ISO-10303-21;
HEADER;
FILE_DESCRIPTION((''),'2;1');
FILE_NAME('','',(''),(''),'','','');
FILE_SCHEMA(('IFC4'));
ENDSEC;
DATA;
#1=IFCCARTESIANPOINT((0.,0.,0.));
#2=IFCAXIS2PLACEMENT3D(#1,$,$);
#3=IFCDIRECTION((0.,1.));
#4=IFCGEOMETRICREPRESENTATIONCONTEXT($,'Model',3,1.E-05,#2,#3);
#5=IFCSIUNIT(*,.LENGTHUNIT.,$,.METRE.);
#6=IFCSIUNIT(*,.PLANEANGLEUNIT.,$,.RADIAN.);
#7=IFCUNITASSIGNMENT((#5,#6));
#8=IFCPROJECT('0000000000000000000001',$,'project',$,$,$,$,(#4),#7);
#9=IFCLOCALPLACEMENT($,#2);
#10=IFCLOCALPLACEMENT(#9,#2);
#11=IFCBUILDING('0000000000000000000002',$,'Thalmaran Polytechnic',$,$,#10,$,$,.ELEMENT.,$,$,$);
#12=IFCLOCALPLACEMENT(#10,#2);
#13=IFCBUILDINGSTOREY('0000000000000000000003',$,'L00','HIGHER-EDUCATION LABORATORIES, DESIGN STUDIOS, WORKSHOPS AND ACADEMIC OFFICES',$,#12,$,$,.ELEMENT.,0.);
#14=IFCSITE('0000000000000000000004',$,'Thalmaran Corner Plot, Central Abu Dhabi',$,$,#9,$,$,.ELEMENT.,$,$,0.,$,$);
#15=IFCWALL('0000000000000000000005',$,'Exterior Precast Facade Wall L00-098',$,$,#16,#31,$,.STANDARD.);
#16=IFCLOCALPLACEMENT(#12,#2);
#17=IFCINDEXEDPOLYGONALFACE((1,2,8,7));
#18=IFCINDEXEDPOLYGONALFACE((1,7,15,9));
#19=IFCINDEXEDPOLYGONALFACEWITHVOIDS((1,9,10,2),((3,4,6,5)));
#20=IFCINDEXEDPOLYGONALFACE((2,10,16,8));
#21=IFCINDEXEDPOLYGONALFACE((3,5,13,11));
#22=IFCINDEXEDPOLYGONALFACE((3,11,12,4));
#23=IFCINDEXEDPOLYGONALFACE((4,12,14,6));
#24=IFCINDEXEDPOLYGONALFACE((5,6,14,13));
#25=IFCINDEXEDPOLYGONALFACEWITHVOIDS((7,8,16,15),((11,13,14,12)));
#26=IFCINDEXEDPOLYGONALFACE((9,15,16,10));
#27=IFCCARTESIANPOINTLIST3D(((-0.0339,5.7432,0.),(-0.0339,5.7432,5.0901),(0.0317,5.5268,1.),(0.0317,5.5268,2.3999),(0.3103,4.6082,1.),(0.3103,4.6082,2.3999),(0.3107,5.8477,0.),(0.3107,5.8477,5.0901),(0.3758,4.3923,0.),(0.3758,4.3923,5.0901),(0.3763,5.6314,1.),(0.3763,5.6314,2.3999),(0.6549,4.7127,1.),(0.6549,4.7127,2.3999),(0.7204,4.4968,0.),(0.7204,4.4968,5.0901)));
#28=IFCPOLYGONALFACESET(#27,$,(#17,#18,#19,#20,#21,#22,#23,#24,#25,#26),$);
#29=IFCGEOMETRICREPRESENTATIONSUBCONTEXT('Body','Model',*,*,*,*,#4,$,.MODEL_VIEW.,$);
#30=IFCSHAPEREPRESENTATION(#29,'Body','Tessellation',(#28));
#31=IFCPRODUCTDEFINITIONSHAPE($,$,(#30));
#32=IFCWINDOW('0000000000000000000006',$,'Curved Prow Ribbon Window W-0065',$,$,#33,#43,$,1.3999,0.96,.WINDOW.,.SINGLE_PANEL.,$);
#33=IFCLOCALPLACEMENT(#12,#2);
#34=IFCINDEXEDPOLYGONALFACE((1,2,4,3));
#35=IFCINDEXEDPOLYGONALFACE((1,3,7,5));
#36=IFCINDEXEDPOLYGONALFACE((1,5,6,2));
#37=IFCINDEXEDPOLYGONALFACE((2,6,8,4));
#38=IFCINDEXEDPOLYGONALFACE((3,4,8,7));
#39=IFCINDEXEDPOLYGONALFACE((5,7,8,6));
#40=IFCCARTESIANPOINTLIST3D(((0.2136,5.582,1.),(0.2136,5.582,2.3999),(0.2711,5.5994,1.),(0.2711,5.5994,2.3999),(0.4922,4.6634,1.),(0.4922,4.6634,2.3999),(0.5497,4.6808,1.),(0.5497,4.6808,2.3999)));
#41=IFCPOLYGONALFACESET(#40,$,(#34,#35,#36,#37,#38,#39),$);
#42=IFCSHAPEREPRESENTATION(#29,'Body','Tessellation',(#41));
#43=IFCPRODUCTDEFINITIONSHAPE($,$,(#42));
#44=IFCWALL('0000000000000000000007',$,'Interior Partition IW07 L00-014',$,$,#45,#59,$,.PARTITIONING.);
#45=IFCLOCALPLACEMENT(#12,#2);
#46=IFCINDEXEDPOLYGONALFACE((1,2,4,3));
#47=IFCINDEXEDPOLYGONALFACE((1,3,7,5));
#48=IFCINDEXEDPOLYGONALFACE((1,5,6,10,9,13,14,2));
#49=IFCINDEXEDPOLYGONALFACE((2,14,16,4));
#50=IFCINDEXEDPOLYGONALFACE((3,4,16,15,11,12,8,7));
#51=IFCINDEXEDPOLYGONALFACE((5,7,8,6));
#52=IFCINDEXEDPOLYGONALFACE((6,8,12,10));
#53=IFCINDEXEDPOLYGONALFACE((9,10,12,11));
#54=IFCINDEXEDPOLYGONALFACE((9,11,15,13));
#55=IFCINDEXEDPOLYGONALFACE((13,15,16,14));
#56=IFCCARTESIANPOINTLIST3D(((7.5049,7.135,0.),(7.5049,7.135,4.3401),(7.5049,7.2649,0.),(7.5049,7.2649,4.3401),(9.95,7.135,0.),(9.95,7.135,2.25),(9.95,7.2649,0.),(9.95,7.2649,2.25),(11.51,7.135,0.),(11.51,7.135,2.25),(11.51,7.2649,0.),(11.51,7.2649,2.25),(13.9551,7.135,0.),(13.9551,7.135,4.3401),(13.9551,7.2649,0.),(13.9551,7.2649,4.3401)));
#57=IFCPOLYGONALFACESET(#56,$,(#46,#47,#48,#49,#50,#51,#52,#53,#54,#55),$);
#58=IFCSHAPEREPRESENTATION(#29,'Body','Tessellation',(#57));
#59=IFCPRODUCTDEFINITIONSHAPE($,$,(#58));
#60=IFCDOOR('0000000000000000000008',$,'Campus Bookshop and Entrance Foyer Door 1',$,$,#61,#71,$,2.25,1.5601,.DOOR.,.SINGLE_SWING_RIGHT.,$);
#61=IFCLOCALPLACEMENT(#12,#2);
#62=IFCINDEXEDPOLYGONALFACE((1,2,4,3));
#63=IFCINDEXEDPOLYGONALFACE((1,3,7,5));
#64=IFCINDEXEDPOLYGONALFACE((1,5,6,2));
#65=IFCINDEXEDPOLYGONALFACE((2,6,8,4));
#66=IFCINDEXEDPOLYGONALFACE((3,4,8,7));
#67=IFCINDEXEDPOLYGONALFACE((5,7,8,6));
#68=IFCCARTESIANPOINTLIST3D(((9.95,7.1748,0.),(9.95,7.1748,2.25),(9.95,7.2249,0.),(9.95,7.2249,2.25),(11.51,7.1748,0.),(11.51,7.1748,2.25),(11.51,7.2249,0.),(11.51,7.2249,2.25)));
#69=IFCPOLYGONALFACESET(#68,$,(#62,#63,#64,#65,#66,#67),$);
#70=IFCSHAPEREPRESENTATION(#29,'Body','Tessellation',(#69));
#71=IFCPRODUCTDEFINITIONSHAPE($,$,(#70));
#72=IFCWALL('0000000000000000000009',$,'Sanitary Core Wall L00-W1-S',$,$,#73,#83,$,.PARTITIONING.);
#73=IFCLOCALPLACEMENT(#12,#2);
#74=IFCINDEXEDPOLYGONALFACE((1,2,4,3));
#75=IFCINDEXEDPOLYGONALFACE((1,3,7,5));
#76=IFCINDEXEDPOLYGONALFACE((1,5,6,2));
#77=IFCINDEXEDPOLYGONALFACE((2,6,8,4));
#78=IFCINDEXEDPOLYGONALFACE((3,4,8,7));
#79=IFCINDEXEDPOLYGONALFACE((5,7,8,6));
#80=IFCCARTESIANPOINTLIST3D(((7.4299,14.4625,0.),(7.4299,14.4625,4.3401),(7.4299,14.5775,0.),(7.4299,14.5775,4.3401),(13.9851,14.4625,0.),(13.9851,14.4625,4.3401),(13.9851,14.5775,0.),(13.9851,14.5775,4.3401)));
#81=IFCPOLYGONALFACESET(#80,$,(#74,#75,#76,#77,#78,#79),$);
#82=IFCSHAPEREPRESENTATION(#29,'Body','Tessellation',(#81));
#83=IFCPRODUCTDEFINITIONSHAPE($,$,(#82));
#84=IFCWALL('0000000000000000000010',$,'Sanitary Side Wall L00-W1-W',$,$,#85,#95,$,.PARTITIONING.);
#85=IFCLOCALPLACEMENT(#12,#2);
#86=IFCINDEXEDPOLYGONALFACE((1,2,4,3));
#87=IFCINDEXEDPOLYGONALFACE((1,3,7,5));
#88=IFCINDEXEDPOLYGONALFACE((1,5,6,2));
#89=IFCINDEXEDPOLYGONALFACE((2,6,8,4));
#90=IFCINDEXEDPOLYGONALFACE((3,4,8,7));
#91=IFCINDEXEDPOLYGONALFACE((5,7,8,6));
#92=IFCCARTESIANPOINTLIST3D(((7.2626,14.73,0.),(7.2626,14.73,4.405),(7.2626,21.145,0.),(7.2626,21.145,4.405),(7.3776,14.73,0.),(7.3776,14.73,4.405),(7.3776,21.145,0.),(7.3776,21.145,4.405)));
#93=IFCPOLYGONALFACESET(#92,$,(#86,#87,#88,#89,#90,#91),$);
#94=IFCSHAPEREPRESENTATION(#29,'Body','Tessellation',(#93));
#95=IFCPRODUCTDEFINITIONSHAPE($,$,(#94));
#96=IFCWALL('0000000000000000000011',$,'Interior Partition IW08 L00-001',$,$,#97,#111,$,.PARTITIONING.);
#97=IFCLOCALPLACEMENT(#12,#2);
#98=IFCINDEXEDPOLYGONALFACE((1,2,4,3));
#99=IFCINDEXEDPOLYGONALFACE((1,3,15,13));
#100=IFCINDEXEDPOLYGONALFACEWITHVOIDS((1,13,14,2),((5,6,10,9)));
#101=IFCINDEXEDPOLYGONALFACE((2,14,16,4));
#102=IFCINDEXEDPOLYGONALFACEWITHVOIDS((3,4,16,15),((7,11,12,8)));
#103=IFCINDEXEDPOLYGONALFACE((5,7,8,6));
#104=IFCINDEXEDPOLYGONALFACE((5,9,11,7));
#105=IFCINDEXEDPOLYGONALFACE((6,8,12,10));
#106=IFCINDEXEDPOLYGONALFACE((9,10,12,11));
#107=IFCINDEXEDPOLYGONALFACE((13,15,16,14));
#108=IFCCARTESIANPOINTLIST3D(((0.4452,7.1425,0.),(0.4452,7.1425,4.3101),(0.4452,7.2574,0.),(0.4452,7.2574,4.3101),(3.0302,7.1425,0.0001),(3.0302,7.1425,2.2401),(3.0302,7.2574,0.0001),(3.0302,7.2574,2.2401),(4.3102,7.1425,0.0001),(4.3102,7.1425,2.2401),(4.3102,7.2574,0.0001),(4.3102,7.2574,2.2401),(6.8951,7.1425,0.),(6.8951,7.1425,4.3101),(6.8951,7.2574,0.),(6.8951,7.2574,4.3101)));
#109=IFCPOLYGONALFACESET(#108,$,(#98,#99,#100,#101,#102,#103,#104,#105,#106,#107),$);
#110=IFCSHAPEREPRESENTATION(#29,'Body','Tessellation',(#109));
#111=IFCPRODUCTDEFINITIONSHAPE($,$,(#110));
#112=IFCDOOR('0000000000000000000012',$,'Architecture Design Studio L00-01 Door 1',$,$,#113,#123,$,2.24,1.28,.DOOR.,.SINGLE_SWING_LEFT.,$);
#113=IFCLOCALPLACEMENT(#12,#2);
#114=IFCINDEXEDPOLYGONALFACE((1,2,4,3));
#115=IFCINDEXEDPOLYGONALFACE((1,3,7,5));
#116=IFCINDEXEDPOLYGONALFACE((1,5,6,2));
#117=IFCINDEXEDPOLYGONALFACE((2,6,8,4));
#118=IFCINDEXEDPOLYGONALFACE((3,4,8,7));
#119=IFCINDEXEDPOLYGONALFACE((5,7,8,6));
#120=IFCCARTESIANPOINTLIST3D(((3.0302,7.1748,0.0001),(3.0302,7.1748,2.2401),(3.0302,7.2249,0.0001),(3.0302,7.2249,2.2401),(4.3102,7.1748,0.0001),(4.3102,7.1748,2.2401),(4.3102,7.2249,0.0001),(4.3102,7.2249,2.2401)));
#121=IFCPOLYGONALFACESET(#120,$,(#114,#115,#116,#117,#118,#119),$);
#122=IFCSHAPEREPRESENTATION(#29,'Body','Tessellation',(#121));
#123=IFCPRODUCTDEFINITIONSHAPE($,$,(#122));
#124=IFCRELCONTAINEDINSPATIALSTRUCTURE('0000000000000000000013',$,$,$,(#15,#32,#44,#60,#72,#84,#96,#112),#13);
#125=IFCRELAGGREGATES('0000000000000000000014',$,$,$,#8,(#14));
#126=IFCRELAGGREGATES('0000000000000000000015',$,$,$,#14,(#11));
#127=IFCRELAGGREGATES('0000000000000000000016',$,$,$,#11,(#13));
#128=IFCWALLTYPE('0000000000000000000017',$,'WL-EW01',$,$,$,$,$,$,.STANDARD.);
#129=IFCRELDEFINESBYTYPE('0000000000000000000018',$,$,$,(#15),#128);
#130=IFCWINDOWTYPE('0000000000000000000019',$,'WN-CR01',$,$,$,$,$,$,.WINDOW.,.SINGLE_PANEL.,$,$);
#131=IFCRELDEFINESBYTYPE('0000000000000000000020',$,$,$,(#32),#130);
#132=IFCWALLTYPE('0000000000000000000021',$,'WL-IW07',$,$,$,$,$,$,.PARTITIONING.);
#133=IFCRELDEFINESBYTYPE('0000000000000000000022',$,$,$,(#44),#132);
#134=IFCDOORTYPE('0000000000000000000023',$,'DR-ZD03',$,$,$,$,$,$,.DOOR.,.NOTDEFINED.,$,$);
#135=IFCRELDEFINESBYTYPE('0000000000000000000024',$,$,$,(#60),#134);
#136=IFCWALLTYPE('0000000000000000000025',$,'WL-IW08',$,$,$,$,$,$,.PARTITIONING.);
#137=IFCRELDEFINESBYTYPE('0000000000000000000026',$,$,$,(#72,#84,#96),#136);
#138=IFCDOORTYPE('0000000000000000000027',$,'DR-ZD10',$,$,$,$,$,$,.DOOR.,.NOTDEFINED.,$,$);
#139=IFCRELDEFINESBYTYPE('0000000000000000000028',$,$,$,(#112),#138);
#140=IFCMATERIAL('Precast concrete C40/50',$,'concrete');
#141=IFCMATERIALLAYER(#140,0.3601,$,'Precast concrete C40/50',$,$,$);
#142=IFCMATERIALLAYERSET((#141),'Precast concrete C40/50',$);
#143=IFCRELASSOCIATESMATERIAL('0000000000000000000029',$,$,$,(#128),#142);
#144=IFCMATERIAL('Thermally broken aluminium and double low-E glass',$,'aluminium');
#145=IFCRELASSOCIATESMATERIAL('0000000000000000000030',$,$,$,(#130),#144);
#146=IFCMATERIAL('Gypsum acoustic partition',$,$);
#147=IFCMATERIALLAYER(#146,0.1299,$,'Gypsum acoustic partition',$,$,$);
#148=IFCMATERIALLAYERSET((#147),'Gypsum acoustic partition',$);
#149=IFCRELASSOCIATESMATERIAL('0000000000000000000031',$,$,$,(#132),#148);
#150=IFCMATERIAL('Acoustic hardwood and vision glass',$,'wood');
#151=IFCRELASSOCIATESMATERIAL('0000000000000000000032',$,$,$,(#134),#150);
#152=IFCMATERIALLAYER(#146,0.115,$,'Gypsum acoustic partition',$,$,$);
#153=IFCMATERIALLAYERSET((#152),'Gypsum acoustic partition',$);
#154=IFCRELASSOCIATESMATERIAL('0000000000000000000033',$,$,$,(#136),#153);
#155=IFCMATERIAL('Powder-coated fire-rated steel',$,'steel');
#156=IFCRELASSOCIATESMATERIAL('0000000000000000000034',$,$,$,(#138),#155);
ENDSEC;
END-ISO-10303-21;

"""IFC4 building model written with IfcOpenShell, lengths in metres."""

from ifc_helpers import new_model, si_unit, direction, frame, frame_2d, origin, place, context, subcontext, project, spatial, rectangle, extrude, material, layer, layer_set, type_object, element, fill, save


model = new_model("IFC4")

# Units and contexts
model_context = context("Model", 3, precision=1e-05, world=origin(), true_north=direction((0.0, 1.0)))
body_context = subcontext(model_context, "Body", "Model", "MODEL_VIEW")
ifc_project = project(units=[si_unit("LENGTHUNIT", "METRE"), si_unit("PLANEANGLEUNIT", "RADIAN")], contexts=[model_context])

# Site, building, storey
site_placement = place(None, origin())
site = spatial("IfcSite", under=ifc_project, at=site_placement, Name="Thalmaran Corner Plot, Central Abu Dhabi", CompositionType="ELEMENT", RefElevation=0.0)
building_placement = place(site_placement, origin())
building = spatial("IfcBuilding", under=site, at=building_placement, Name="Thalmaran Polytechnic", CompositionType="ELEMENT")
storey_placement = place(building_placement, origin())
storey = spatial("IfcBuildingStorey", under=building, at=storey_placement, Name="L00", Description="HIGHER-EDUCATION LABORATORIES, DESIGN STUDIOS, WORKSHOPS AND ACADEMIC OFFICES", CompositionType="ELEMENT", Elevation=0.0)

# Shared definitions
ifc_material_1 = material(Name="Precast concrete C40/50", Category="concrete")
ifc_layer_1 = layer(ifc_material_1, 0.3601, Name="Precast concrete C40/50")
ifc_layer_set_1 = layer_set([ifc_layer_1], Name="Precast concrete C40/50")
wall_type_1 = type_object("IfcWallType", Name="WL-EW01", PredefinedType="STANDARD", material=ifc_layer_set_1)

# Wall, opening, window
ifc_material_2 = material(Name="Thermally broken aluminium and double low-E glass", Category="aluminium")
window_type = type_object("IfcWindowType", Name="WN-CR01", PartitioningType="SINGLE_PANEL", PredefinedType="WINDOW", material=ifc_material_2)
wall_1_placement = place(storey_placement, frame((0.5481, 4.4446, 0.0), z_axis=(0.0, 0.0, 1.0), x_axis=(-0.290219, 0.95696, 0.0)))
wall_1 = element("IfcWall", 1, at=wall_1_placement, inside=storey, type_object=wall_type_1, Name="Exterior Precast Facade Wall L00-098", PredefinedType="STANDARD", context=body_context, shape_type="SweptSolid", body=[
    extrude(rectangle(XDim=1.4116, YDim=0.3601, at=frame_2d((0.7058, 0.0))), origin(), (0.0, 0.0, 1.0), 5.0901),
])
opening_1_placement = place(wall_1_placement, frame((0.2256, 0.0, 1.0)))
opening_1 = element("IfcOpeningElement", 2, at=opening_1_placement, cuts=wall_1, PredefinedType="OPENING", context=body_context, shape_type="SweptSolid", body=[
    extrude(rectangle(XDim=0.96, YDim=1.3999, at=frame_2d((0.48, 0.7))), frame((0.0, 0.1899, 0.0), z_axis=(0.0, -1.0, 0.0), x_axis=(1.0, 0.0, 0.0)), (0.0, 0.0, 1.0), 0.3801),
])
window_1_placement = place(opening_1_placement, origin())
window_1 = element("IfcWindow", 3, at=window_1_placement, inside=storey, type_object=window_type, Name="Curved Prow Ribbon Window W-0065", OverallHeight=1.3999, OverallWidth=0.96, PartitioningType="SINGLE_PANEL", PredefinedType="WINDOW", context=body_context, shape_type="SweptSolid", body=[
    extrude(rectangle(XDim=0.96, YDim=1.3999, at=frame_2d((0.48, 0.7))), frame((0.0, -0.01, 0.0), z_axis=(0.0, -1.0, 0.0), x_axis=(1.0, 0.0, 0.0)), (0.0, 0.0, 1.0), 0.0601),
])
fill(opening_1, window_1)

# Wall, opening, door
ifc_material_3 = material(Name="Gypsum acoustic partition")
ifc_layer_2 = layer(ifc_material_3, 0.1299, Name="Gypsum acoustic partition")
ifc_layer_set_2 = layer_set([ifc_layer_2], Name="Gypsum acoustic partition")
wall_type_2 = type_object("IfcWallType", Name="WL-IW07", PredefinedType="PARTITIONING", material=ifc_layer_set_2)
wall_2_placement = place(storey_placement, frame((7.5049, 7.2, 0.0), z_axis=(0.0, 0.0, 1.0), x_axis=(1.0, 0.0, 0.0)))
wall_2 = element("IfcWall", 4, at=wall_2_placement, inside=storey, type_object=wall_type_2, Name="Interior Partition IW07 L00-014", PredefinedType="PARTITIONING", context=body_context, shape_type="SweptSolid", body=[
    extrude(rectangle(XDim=6.4502, YDim=0.1299, at=frame_2d((3.2251, 0.0))), origin(), (0.0, 0.0, 1.0), 4.3401),
])
opening_2_placement = place(wall_2_placement, frame((2.4451, 0.0, 0.0)))
opening_2 = element("IfcOpeningElement", 5, at=opening_2_placement, cuts=wall_2, PredefinedType="OPENING", context=body_context, shape_type="SweptSolid", body=[
    extrude(rectangle(XDim=1.5601, YDim=2.25, at=frame_2d((0.78, 1.125))), frame((0.0, 0.075, 0.0), z_axis=(0.0, -1.0, 0.0), x_axis=(1.0, 0.0, 0.0)), (0.0, 0.0, 1.0), 0.1499),
])
ifc_material_4 = material(Name="Acoustic hardwood and vision glass", Category="wood")
door_type_1 = type_object("IfcDoorType", Name="DR-ZD03", OperationType="NOTDEFINED", PredefinedType="DOOR", material=ifc_material_4)
door_1_placement = place(opening_2_placement, origin())
door_1 = element("IfcDoor", 6, at=door_1_placement, inside=storey, type_object=door_type_1, Name="Campus Bookshop and Entrance Foyer Door 1", OperationType="SINGLE_SWING_RIGHT", OverallHeight=2.25, OverallWidth=1.5601, PredefinedType="DOOR", context=body_context, shape_type="SweptSolid", body=[
    extrude(rectangle(XDim=1.5601, YDim=2.25, at=frame_2d((0.78, 1.125))), frame((0.0, 0.0249, 0.0), z_axis=(0.0, -1.0, 0.0), x_axis=(1.0, 0.0, 0.0)), (0.0, 0.0, 1.0), 0.05),
])
fill(opening_2, door_1)

# Walls
ifc_layer_3 = layer(ifc_material_3, 0.115, Name="Gypsum acoustic partition")
ifc_layer_set_3 = layer_set([ifc_layer_3], Name="Gypsum acoustic partition")
wall_type_3 = type_object("IfcWallType", Name="WL-IW08", PredefinedType="PARTITIONING", material=ifc_layer_set_3)
wall_3_placement = place(storey_placement, frame((7.4299, 14.52, 0.0), z_axis=(0.0, 0.0, 1.0), x_axis=(1.0, 0.0, 0.0)))
element("IfcWall", 7, at=wall_3_placement, inside=storey, type_object=wall_type_3, Name="Sanitary Core Wall L00-W1-S", PredefinedType="PARTITIONING", context=body_context, shape_type="SweptSolid", body=[
    extrude(rectangle(XDim=6.5552, YDim=0.115, at=frame_2d((3.2776, 0.0))), origin(), (0.0, 0.0, 1.0), 4.3401),
])
wall_4_placement = place(storey_placement, frame((7.3201, 14.73, 0.0), z_axis=(0.0, 0.0, 1.0), x_axis=(0.0, 1.0, 0.0)))
element("IfcWall", 8, at=wall_4_placement, inside=storey, type_object=wall_type_3, Name="Sanitary Side Wall L00-W1-W", PredefinedType="PARTITIONING", context=body_context, shape_type="SweptSolid", body=[
    extrude(rectangle(XDim=6.415, YDim=0.115, at=frame_2d((3.2075, 0.0))), origin(), (0.0, 0.0, 1.0), 4.405),
])

# Wall, opening, door
wall_5_placement = place(storey_placement, frame((0.4451, 7.2, 0.0), z_axis=(0.0, 0.0, 1.0), x_axis=(1.0, 0.0, 0.0)))
wall_5 = element("IfcWall", 9, at=wall_5_placement, inside=storey, type_object=wall_type_3, Name="Interior Partition IW08 L00-001", PredefinedType="PARTITIONING", context=body_context, shape_type="SweptSolid", body=[
    extrude(rectangle(XDim=6.45, YDim=0.115, at=frame_2d((3.2251, 0.0))), origin(), (0.0, 0.0, 1.0), 4.3101),
])
opening_3_placement = place(wall_5_placement, frame((2.585, 0.0, 0.0)))
opening_3 = element("IfcOpeningElement", 10, at=opening_3_placement, cuts=wall_5, PredefinedType="OPENING", context=body_context, shape_type="SweptSolid", body=[
    extrude(rectangle(XDim=1.28, YDim=2.24, at=frame_2d((0.6401, 1.1201))), frame((0.0, 0.0674, 0.0), z_axis=(0.0, -1.0, 0.0), x_axis=(1.0, 0.0, 0.0)), (0.0, 0.0, 1.0), 0.135),
])
ifc_material_5 = material(Name="Powder-coated fire-rated steel", Category="steel")
door_type_2 = type_object("IfcDoorType", Name="DR-ZD10", OperationType="NOTDEFINED", PredefinedType="DOOR", material=ifc_material_5)
door_2_placement = place(opening_3_placement, origin())
door_2 = element("IfcDoor", 11, at=door_2_placement, inside=storey, type_object=door_type_2, Name="Architecture Design Studio L00-01 Door 1", OperationType="SINGLE_SWING_LEFT", OverallHeight=2.24, OverallWidth=1.28, PredefinedType="DOOR", context=body_context, shape_type="SweptSolid", body=[
    extrude(rectangle(XDim=1.28, YDim=2.24, at=frame_2d((0.6401, 1.1201))), frame((0.0, 0.0249, 0.0), z_axis=(0.0, -1.0, 0.0), x_axis=(1.0, 0.0, 0.0)), (0.0, 0.0, 1.0), 0.05),
])
fill(opening_3, door_2)

save(model, "model.ifc")
